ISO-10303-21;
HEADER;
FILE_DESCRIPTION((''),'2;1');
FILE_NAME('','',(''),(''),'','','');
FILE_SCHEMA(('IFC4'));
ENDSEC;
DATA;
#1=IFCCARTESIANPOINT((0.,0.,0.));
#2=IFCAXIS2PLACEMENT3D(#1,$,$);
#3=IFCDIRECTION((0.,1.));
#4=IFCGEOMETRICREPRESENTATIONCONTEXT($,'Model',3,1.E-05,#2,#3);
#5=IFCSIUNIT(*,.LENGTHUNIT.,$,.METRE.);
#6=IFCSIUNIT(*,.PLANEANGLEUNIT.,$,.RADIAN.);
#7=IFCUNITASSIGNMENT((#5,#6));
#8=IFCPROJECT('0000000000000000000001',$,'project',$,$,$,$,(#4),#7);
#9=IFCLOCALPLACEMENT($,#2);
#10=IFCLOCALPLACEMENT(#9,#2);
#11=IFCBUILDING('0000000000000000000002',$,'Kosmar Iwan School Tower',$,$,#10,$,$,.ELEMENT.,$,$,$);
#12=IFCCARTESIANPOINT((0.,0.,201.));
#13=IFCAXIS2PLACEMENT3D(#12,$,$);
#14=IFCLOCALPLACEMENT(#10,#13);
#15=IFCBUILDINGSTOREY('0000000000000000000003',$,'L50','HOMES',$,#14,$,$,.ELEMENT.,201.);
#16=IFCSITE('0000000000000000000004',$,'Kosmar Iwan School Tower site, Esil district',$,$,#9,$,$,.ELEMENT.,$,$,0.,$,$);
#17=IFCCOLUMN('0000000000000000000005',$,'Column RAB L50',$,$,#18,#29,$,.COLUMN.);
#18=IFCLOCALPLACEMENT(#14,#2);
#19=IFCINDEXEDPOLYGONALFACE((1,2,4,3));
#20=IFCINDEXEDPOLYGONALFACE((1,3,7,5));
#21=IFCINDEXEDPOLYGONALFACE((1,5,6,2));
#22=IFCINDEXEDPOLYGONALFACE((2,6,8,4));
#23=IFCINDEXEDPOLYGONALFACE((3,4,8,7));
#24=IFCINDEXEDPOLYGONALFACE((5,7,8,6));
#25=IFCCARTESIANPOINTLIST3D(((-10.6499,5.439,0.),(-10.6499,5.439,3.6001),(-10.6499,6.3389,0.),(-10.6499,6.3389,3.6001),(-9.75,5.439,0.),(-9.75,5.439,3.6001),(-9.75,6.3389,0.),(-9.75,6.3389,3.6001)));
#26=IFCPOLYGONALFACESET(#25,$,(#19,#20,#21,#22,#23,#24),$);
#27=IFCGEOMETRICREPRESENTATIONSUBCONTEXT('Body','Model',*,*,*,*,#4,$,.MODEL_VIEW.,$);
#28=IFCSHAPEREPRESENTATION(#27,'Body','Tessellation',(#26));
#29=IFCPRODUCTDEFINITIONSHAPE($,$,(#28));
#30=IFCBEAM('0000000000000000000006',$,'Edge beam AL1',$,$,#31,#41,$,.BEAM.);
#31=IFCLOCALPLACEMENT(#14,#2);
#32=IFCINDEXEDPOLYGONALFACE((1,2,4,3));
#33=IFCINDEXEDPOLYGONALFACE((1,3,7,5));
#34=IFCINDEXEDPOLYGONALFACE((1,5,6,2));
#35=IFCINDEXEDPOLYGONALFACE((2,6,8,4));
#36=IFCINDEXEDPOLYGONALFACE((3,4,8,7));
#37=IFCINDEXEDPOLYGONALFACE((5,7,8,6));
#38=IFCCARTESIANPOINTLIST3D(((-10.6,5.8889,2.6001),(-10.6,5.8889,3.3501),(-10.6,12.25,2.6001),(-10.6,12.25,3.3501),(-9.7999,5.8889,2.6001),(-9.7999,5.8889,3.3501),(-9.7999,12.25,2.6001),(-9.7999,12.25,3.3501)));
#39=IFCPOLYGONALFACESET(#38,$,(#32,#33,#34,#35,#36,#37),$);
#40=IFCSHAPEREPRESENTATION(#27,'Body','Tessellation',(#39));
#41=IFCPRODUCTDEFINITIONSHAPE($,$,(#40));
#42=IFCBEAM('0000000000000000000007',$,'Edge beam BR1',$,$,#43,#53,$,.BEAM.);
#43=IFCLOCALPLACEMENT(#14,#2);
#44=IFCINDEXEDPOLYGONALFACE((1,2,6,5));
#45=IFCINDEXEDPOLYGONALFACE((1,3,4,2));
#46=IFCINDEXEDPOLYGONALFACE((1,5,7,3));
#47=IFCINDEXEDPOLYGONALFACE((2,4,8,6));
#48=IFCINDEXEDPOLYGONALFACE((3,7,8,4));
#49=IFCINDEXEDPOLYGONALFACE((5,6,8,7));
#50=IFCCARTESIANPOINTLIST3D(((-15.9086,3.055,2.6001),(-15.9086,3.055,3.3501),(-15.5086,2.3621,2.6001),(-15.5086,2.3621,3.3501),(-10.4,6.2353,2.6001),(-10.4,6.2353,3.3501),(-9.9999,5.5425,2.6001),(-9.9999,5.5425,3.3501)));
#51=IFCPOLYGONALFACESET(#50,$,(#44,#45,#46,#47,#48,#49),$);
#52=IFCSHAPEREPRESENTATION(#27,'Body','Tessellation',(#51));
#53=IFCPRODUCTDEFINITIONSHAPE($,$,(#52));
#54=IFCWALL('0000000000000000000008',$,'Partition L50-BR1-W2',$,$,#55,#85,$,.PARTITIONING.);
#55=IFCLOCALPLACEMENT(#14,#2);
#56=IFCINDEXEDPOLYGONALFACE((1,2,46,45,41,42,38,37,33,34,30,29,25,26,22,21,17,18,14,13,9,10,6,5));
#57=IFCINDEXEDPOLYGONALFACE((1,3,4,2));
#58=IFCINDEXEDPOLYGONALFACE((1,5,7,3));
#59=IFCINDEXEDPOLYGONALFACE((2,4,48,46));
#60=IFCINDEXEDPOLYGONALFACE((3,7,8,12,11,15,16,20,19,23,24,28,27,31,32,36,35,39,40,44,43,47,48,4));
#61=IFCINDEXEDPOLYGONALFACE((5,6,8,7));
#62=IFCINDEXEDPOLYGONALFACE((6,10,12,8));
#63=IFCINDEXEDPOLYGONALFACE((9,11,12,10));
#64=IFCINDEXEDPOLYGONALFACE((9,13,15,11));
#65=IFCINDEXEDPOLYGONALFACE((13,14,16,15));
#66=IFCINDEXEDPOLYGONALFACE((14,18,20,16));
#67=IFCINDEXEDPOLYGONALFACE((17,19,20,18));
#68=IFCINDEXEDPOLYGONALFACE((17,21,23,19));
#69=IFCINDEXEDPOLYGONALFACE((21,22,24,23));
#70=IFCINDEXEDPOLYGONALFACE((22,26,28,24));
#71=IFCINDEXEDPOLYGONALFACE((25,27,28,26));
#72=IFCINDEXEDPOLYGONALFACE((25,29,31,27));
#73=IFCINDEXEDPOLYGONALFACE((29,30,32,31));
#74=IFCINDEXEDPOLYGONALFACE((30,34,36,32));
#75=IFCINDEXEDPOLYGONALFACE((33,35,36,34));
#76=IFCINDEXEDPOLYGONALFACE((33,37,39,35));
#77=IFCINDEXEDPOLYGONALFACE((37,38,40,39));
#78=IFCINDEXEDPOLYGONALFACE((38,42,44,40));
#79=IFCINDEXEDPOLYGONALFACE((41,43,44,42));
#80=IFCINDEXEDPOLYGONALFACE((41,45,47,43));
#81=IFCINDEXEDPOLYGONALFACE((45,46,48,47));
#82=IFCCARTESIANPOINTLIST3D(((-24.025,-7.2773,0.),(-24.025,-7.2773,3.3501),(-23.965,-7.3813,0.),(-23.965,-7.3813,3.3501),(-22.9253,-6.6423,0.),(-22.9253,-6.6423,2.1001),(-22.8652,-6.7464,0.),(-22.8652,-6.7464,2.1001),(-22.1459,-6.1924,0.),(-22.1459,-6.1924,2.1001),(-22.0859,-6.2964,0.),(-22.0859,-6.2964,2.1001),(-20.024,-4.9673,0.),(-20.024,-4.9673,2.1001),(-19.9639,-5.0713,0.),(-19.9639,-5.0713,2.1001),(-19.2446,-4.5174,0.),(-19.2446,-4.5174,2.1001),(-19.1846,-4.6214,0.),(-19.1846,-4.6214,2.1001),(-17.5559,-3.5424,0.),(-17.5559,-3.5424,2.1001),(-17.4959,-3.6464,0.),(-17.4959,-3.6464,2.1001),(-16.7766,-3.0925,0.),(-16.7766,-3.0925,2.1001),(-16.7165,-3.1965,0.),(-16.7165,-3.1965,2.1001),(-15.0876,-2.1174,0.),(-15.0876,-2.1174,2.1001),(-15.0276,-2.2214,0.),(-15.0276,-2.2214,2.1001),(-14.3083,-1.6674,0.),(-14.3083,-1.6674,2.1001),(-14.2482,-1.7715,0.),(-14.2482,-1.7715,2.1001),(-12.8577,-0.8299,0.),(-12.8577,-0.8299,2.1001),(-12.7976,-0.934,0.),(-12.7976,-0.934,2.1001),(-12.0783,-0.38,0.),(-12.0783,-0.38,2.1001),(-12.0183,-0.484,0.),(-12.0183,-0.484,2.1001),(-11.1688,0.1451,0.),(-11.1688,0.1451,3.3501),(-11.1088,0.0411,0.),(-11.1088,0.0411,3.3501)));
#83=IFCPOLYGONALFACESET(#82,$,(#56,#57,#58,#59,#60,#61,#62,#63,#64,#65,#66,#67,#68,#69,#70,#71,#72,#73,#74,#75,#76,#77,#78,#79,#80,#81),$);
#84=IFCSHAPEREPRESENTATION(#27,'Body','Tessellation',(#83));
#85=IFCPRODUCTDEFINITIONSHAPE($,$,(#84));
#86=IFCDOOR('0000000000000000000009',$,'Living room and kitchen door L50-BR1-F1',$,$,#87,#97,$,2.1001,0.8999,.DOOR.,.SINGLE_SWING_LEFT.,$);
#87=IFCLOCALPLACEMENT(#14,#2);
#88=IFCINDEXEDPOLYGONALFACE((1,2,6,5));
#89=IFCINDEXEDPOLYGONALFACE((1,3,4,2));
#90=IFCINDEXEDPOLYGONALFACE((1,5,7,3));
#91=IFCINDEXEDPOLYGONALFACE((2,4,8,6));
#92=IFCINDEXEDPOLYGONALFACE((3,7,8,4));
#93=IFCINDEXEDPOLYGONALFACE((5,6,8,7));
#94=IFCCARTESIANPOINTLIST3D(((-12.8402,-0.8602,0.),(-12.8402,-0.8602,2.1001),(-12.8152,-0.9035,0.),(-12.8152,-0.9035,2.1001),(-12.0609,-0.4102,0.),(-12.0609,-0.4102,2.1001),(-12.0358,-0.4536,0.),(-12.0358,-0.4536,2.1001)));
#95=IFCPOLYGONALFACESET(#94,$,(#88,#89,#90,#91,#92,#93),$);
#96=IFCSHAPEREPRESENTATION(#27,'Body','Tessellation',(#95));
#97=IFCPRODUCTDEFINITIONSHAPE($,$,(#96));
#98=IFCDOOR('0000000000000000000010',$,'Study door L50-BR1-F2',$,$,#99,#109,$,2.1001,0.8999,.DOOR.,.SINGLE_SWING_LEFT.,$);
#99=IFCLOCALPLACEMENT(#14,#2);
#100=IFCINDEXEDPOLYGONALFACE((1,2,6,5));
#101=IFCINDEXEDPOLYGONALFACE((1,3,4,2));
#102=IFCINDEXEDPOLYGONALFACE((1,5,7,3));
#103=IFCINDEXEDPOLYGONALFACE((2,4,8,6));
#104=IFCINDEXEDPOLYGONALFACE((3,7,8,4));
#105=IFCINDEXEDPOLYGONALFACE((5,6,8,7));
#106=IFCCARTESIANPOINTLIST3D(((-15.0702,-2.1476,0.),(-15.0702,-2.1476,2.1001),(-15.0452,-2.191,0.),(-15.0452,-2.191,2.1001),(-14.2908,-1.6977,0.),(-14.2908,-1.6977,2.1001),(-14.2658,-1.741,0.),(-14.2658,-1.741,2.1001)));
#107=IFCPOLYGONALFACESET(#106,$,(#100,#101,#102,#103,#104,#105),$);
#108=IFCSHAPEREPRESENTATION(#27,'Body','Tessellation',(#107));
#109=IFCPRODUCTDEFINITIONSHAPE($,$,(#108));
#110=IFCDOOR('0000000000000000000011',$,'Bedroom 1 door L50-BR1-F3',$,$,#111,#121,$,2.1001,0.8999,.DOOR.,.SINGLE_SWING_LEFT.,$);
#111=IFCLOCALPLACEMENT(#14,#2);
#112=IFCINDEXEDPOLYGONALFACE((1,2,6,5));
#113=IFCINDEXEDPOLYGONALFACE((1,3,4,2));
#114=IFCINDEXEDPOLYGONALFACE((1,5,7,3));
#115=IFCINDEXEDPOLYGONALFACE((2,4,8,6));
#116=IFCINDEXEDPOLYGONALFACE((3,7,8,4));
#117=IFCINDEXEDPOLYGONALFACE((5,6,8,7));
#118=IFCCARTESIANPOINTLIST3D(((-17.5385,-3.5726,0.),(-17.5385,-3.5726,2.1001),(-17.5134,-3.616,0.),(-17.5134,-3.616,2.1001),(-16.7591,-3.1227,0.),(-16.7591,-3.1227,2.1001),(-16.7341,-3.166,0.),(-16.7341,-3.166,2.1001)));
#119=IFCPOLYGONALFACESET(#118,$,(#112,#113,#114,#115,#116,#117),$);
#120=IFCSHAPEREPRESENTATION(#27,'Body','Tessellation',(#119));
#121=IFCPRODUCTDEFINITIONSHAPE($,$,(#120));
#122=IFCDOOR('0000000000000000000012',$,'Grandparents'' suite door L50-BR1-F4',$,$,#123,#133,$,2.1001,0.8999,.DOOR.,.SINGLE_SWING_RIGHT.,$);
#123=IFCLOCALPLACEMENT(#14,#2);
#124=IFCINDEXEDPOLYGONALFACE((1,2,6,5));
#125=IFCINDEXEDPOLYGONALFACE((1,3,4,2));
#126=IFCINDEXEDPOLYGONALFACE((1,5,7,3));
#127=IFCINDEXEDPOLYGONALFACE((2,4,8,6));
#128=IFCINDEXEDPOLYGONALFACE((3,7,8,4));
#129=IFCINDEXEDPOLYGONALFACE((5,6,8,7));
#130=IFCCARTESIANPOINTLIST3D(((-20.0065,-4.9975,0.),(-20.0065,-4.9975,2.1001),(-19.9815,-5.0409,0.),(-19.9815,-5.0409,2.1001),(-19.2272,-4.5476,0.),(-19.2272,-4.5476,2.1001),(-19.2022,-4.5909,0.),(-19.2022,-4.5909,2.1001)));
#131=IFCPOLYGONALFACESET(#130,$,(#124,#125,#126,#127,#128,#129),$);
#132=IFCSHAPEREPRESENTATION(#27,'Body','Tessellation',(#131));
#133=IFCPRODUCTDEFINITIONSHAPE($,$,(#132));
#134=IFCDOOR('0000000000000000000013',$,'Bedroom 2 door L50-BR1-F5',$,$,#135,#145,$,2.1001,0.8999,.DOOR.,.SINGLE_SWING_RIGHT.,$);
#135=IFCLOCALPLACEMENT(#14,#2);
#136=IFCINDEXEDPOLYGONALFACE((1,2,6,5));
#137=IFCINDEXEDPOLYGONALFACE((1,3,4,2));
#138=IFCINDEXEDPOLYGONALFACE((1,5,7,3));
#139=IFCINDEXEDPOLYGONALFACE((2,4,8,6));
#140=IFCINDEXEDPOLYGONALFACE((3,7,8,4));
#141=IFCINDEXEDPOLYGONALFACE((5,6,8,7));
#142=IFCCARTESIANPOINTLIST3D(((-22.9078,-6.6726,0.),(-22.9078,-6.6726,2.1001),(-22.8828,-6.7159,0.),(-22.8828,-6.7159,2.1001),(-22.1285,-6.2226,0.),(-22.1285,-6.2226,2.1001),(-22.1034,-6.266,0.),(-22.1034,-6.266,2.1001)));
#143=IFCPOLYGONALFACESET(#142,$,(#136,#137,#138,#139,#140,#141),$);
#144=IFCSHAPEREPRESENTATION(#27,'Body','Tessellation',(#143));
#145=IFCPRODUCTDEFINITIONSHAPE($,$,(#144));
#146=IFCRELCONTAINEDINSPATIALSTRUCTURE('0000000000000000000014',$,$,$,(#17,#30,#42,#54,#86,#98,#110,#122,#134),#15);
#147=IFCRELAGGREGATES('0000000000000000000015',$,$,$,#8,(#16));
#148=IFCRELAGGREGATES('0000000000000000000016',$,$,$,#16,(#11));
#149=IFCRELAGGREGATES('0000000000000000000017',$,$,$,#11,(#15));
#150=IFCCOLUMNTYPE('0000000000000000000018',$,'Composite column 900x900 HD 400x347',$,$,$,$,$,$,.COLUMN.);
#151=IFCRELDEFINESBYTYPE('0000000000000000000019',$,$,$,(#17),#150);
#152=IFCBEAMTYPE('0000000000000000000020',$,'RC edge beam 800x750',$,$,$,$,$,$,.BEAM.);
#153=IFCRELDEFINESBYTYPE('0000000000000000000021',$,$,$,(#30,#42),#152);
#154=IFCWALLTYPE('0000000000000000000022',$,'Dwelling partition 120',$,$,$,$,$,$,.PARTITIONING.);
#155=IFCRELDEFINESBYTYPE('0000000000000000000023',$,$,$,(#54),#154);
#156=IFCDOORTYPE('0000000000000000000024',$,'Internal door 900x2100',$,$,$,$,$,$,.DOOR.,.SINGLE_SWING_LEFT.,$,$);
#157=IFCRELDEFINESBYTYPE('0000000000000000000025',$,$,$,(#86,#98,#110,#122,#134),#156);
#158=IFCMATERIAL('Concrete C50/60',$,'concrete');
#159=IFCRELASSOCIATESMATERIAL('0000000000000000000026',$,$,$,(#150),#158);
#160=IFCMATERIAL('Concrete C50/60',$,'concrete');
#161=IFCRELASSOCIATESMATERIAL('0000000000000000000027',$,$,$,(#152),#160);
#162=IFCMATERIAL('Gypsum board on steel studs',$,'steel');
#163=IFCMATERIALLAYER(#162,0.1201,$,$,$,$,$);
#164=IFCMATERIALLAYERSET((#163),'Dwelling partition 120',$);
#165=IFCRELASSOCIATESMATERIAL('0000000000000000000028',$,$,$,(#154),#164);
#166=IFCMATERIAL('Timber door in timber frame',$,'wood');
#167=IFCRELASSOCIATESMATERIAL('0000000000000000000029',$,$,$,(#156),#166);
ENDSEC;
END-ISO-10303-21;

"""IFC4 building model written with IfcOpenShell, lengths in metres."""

from ifc_helpers import new_model, si_unit, direction, frame, frame_2d, origin, origin_2d, place, context, subcontext, project, spatial, rectangle, extrude, material, layer, layer_set, material_profile, profile_set, type_object, element, fill, save


model = new_model("IFC4")

# Units and contexts
model_context = context("Model", 3, precision=1e-05, world=origin(), true_north=direction((0.0, 1.0)))
body_context = subcontext(model_context, "Body", "Model", "MODEL_VIEW")
ifc_project = project(units=[si_unit("LENGTHUNIT", "METRE"), si_unit("PLANEANGLEUNIT", "RADIAN")], contexts=[model_context])

# Site, building, storey
site_placement = place(None, origin())
site = spatial("IfcSite", under=ifc_project, at=site_placement, Name="Kosmar Iwan School Tower site, Esil district", CompositionType="ELEMENT", RefElevation=0.0)
building_placement = place(site_placement, origin())
building = spatial("IfcBuilding", under=site, at=building_placement, Name="Kosmar Iwan School Tower", CompositionType="ELEMENT")
storey_placement = place(building_placement, frame((0.0, 0.0, 201.0)))
storey = spatial("IfcBuildingStorey", under=building, at=storey_placement, Name="L50", Description="HOMES", CompositionType="ELEMENT", Elevation=201.0)

# Column
ifc_material_1 = material(Name="Concrete C50/60", Category="concrete")
ifc_material_profile_1 = material_profile(ifc_material_1, rectangle(XDim=0.8999, YDim=0.8999, at=origin_2d()), Name="RC 900x900 + HD 400x347")
ifc_profile_set_1 = profile_set([ifc_material_profile_1], Name="Concrete C50/60")
column_type = type_object("IfcColumnType", Name="Composite column 900x900 HD 400x347", PredefinedType="COLUMN", material=ifc_profile_set_1)
column_placement = place(storey_placement, frame((-10.2, 5.8889, 0.0), z_axis=(0.0, 0.0, 1.0), x_axis=(1.0, 0.0, 0.0)))
element("IfcColumn", 1, at=column_placement, inside=storey, type_object=column_type, Name="Column RAB L50", PredefinedType="COLUMN", context=body_context, shape_type="SweptSolid", body=[
    extrude(rectangle(XDim=0.8999, YDim=0.8999, at=origin_2d()), origin(), (0.0, 0.0, 1.0), 3.6001),
])

# Beams
ifc_material_2 = material(Name="Concrete C50/60", Category="concrete")
ifc_material_profile_2 = material_profile(ifc_material_2, rectangle(XDim=0.8, YDim=0.75, at=origin_2d()), Name="RC 800x750")
ifc_profile_set_2 = profile_set([ifc_material_profile_2], Name="Concrete C50/60")
beam_type = type_object("IfcBeamType", Name="RC edge beam 800x750", PredefinedType="BEAM", material=ifc_profile_set_2)
beam_1_placement = place(storey_placement, frame((-10.2, 5.8889, 2.9751), z_axis=(0.0, 1.0, 0.0), x_axis=(-1.0, 0.0, 0.0)))
element("IfcBeam", 2, at=beam_1_placement, inside=storey, type_object=beam_type, Name="Edge beam AL1", PredefinedType="BEAM", context=body_context, shape_type="SweptSolid", body=[
    extrude(rectangle(XDim=0.8, YDim=0.75, at=origin_2d()), origin(), (0.0, 0.0, 1.0), 6.3611),
])
beam_2_placement = place(storey_placement, frame((-10.2, 5.8889, 2.9751), z_axis=(-0.866031, -0.49999, 0.0), x_axis=(0.49999, -0.866031, 0.0)))
element("IfcBeam", 3, at=beam_2_placement, inside=storey, type_object=beam_type, Name="Edge beam BR1", PredefinedType="BEAM", context=body_context, shape_type="SweptSolid", body=[
    extrude(rectangle(XDim=0.8, YDim=0.75, at=origin_2d()), origin(), (0.0, 0.0, 1.0), 6.3608),
])

# Wall, openings, doors
ifc_material_3 = material(Name="Gypsum board on steel studs", Category="steel")
ifc_layer_1 = layer(ifc_material_3, 0.1201)
ifc_layer_set_1 = layer_set([ifc_layer_1], Name="Dwelling partition 120")
wall_type_1 = type_object("IfcWallType", Name="Dwelling partition 120", PredefinedType="PARTITIONING", material=ifc_layer_set_1)
wall_1_placement = place(storey_placement, frame((-11.1389, 0.093, 0.0), z_axis=(0.0, 0.0, 1.0), x_axis=(-0.86603, -0.499992, 0.0)))
wall_1 = element("IfcWall", 4, at=wall_1_placement, inside=storey, type_object=wall_type_1, Name="Partition L50-BR1-W2", PredefinedType="PARTITIONING", context=body_context, shape_type="SweptSolid", body=[
    extrude(rectangle(XDim=14.845, YDim=0.1201, at=frame_2d((7.4224, 0.0))), origin(), (0.0, 0.0, 1.0), 3.3501),
])
opening_1_placement = place(wall_1_placement, frame((1.05, 0.0, 0.0)))
opening_1 = element("IfcOpeningElement", 5, at=opening_1_placement, cuts=wall_1, PredefinedType="OPENING", context=body_context, shape_type="SweptSolid", body=[
    extrude(rectangle(XDim=0.8999, YDim=2.1001, at=frame_2d((0.45, 1.05))), frame((0.0, 0.072, 0.0), z_axis=(0.0, -1.0, 0.0), x_axis=(1.0, 0.0, 0.0)), (0.0, 0.0, 1.0), 0.144),
])
opening_2_placement = place(wall_1_placement, frame((3.625, 0.0, 0.0)))
opening_2 = element("IfcOpeningElement", 6, at=opening_2_placement, cuts=wall_1, PredefinedType="OPENING", context=body_context, shape_type="SweptSolid", body=[
    extrude(rectangle(XDim=0.8999, YDim=2.1001, at=frame_2d((0.45, 1.05))), frame((0.0, 0.072, 0.0), z_axis=(0.0, -1.0, 0.0), x_axis=(1.0, 0.0, 0.0)), (0.0, 0.0, 1.0), 0.144),
])
opening_3_placement = place(wall_1_placement, frame((6.4751, 0.0, 0.0)))
opening_3 = element("IfcOpeningElement", 7, at=opening_3_placement, cuts=wall_1, PredefinedType="OPENING", context=body_context, shape_type="SweptSolid", body=[
    extrude(rectangle(XDim=0.8999, YDim=2.1001, at=frame_2d((0.45, 1.05))), frame((0.0, 0.072, 0.0), z_axis=(0.0, -1.0, 0.0), x_axis=(1.0, 0.0, 0.0)), (0.0, 0.0, 1.0), 0.144),
])
opening_4_placement = place(wall_1_placement, frame((9.325, 0.0, 0.0)))
opening_4 = element("IfcOpeningElement", 8, at=opening_4_placement, cuts=wall_1, PredefinedType="OPENING", context=body_context, shape_type="SweptSolid", body=[
    extrude(rectangle(XDim=0.8999, YDim=2.1001, at=frame_2d((0.45, 1.05))), frame((0.0, 0.072, 0.0), z_axis=(0.0, -1.0, 0.0), x_axis=(1.0, 0.0, 0.0)), (0.0, 0.0, 1.0), 0.144),
])
opening_5_placement = place(wall_1_placement, frame((12.675, 0.0, 0.0)))
opening_5 = element("IfcOpeningElement", 9, at=opening_5_placement, cuts=wall_1, PredefinedType="OPENING", context=body_context, shape_type="SweptSolid", body=[
    extrude(rectangle(XDim=0.8999, YDim=2.1001, at=frame_2d((0.45, 1.05))), frame((0.0, 0.072, 0.0), z_axis=(0.0, -1.0, 0.0), x_axis=(1.0, 0.0, 0.0)), (0.0, 0.0, 1.0), 0.144),
])
ifc_material_4 = material(Name="Timber door in timber frame", Category="wood")
door_type = type_object("IfcDoorType", Name="Internal door 900x2100", OperationType="SINGLE_SWING_LEFT", PredefinedType="DOOR", material=ifc_material_4)
door_1_placement = place(opening_1_placement, origin())
door_1 = element("IfcDoor", 10, at=door_1_placement, inside=storey, type_object=door_type, Name="Living room and kitchen door L50-BR1-F1", OperationType="SINGLE_SWING_LEFT", OverallHeight=2.1001, OverallWidth=0.8999, PredefinedType="DOOR", context=body_context, shape_type="SweptSolid", body=[
    extrude(rectangle(XDim=0.8999, YDim=2.1001, at=frame_2d((0.45, 1.05))), frame((0.0, 0.0249, 0.0), z_axis=(0.0, -1.0, 0.0), x_axis=(1.0, 0.0, 0.0)), (0.0, 0.0, 1.0), 0.05),
])
fill(opening_1, door_1)
door_2_placement = place(opening_2_placement, origin())
door_2 = element("IfcDoor", 11, at=door_2_placement, inside=storey, type_object=door_type, Name="Study door L50-BR1-F2", OperationType="SINGLE_SWING_LEFT", OverallHeight=2.1001, OverallWidth=0.8999, PredefinedType="DOOR", context=body_context, shape_type="SweptSolid", body=[
    extrude(rectangle(XDim=0.8999, YDim=2.1001, at=frame_2d((0.45, 1.05))), frame((0.0, 0.0249, 0.0), z_axis=(0.0, -1.0, 0.0), x_axis=(1.0, 0.0, 0.0)), (0.0, 0.0, 1.0), 0.05),
])
fill(opening_2, door_2)
door_3_placement = place(opening_3_placement, origin())
door_3 = element("IfcDoor", 12, at=door_3_placement, inside=storey, type_object=door_type, Name="Bedroom 1 door L50-BR1-F3", OperationType="SINGLE_SWING_LEFT", OverallHeight=2.1001, OverallWidth=0.8999, PredefinedType="DOOR", context=body_context, shape_type="SweptSolid", body=[
    extrude(rectangle(XDim=0.8999, YDim=2.1001, at=frame_2d((0.45, 1.05))), frame((0.0, 0.0249, 0.0), z_axis=(0.0, -1.0, 0.0), x_axis=(1.0, 0.0, 0.0)), (0.0, 0.0, 1.0), 0.05),
])
fill(opening_3, door_3)
door_4_placement = place(opening_4_placement, origin())
door_4 = element("IfcDoor", 13, at=door_4_placement, inside=storey, type_object=door_type, Name="Grandparents' suite door L50-BR1-F4", OperationType="SINGLE_SWING_RIGHT", OverallHeight=2.1001, OverallWidth=0.8999, PredefinedType="DOOR", context=body_context, shape_type="SweptSolid", body=[
    extrude(rectangle(XDim=0.8999, YDim=2.1001, at=frame_2d((0.45, 1.05))), frame((0.0, 0.0249, 0.0), z_axis=(0.0, -1.0, 0.0), x_axis=(1.0, 0.0, 0.0)), (0.0, 0.0, 1.0), 0.05),
])
fill(opening_4, door_4)
door_5_placement = place(opening_5_placement, origin())
door_5 = element("IfcDoor", 14, at=door_5_placement, inside=storey, type_object=door_type, Name="Bedroom 2 door L50-BR1-F5", OperationType="SINGLE_SWING_RIGHT", OverallHeight=2.1001, OverallWidth=0.8999, PredefinedType="DOOR", context=body_context, shape_type="SweptSolid", body=[
    extrude(rectangle(XDim=0.8999, YDim=2.1001, at=frame_2d((0.45, 1.05))), frame((0.0, 0.0249, 0.0), z_axis=(0.0, -1.0, 0.0), x_axis=(1.0, 0.0, 0.0)), (0.0, 0.0, 1.0), 0.05),
])
fill(opening_5, door_5)

save(model, "model.ifc")
